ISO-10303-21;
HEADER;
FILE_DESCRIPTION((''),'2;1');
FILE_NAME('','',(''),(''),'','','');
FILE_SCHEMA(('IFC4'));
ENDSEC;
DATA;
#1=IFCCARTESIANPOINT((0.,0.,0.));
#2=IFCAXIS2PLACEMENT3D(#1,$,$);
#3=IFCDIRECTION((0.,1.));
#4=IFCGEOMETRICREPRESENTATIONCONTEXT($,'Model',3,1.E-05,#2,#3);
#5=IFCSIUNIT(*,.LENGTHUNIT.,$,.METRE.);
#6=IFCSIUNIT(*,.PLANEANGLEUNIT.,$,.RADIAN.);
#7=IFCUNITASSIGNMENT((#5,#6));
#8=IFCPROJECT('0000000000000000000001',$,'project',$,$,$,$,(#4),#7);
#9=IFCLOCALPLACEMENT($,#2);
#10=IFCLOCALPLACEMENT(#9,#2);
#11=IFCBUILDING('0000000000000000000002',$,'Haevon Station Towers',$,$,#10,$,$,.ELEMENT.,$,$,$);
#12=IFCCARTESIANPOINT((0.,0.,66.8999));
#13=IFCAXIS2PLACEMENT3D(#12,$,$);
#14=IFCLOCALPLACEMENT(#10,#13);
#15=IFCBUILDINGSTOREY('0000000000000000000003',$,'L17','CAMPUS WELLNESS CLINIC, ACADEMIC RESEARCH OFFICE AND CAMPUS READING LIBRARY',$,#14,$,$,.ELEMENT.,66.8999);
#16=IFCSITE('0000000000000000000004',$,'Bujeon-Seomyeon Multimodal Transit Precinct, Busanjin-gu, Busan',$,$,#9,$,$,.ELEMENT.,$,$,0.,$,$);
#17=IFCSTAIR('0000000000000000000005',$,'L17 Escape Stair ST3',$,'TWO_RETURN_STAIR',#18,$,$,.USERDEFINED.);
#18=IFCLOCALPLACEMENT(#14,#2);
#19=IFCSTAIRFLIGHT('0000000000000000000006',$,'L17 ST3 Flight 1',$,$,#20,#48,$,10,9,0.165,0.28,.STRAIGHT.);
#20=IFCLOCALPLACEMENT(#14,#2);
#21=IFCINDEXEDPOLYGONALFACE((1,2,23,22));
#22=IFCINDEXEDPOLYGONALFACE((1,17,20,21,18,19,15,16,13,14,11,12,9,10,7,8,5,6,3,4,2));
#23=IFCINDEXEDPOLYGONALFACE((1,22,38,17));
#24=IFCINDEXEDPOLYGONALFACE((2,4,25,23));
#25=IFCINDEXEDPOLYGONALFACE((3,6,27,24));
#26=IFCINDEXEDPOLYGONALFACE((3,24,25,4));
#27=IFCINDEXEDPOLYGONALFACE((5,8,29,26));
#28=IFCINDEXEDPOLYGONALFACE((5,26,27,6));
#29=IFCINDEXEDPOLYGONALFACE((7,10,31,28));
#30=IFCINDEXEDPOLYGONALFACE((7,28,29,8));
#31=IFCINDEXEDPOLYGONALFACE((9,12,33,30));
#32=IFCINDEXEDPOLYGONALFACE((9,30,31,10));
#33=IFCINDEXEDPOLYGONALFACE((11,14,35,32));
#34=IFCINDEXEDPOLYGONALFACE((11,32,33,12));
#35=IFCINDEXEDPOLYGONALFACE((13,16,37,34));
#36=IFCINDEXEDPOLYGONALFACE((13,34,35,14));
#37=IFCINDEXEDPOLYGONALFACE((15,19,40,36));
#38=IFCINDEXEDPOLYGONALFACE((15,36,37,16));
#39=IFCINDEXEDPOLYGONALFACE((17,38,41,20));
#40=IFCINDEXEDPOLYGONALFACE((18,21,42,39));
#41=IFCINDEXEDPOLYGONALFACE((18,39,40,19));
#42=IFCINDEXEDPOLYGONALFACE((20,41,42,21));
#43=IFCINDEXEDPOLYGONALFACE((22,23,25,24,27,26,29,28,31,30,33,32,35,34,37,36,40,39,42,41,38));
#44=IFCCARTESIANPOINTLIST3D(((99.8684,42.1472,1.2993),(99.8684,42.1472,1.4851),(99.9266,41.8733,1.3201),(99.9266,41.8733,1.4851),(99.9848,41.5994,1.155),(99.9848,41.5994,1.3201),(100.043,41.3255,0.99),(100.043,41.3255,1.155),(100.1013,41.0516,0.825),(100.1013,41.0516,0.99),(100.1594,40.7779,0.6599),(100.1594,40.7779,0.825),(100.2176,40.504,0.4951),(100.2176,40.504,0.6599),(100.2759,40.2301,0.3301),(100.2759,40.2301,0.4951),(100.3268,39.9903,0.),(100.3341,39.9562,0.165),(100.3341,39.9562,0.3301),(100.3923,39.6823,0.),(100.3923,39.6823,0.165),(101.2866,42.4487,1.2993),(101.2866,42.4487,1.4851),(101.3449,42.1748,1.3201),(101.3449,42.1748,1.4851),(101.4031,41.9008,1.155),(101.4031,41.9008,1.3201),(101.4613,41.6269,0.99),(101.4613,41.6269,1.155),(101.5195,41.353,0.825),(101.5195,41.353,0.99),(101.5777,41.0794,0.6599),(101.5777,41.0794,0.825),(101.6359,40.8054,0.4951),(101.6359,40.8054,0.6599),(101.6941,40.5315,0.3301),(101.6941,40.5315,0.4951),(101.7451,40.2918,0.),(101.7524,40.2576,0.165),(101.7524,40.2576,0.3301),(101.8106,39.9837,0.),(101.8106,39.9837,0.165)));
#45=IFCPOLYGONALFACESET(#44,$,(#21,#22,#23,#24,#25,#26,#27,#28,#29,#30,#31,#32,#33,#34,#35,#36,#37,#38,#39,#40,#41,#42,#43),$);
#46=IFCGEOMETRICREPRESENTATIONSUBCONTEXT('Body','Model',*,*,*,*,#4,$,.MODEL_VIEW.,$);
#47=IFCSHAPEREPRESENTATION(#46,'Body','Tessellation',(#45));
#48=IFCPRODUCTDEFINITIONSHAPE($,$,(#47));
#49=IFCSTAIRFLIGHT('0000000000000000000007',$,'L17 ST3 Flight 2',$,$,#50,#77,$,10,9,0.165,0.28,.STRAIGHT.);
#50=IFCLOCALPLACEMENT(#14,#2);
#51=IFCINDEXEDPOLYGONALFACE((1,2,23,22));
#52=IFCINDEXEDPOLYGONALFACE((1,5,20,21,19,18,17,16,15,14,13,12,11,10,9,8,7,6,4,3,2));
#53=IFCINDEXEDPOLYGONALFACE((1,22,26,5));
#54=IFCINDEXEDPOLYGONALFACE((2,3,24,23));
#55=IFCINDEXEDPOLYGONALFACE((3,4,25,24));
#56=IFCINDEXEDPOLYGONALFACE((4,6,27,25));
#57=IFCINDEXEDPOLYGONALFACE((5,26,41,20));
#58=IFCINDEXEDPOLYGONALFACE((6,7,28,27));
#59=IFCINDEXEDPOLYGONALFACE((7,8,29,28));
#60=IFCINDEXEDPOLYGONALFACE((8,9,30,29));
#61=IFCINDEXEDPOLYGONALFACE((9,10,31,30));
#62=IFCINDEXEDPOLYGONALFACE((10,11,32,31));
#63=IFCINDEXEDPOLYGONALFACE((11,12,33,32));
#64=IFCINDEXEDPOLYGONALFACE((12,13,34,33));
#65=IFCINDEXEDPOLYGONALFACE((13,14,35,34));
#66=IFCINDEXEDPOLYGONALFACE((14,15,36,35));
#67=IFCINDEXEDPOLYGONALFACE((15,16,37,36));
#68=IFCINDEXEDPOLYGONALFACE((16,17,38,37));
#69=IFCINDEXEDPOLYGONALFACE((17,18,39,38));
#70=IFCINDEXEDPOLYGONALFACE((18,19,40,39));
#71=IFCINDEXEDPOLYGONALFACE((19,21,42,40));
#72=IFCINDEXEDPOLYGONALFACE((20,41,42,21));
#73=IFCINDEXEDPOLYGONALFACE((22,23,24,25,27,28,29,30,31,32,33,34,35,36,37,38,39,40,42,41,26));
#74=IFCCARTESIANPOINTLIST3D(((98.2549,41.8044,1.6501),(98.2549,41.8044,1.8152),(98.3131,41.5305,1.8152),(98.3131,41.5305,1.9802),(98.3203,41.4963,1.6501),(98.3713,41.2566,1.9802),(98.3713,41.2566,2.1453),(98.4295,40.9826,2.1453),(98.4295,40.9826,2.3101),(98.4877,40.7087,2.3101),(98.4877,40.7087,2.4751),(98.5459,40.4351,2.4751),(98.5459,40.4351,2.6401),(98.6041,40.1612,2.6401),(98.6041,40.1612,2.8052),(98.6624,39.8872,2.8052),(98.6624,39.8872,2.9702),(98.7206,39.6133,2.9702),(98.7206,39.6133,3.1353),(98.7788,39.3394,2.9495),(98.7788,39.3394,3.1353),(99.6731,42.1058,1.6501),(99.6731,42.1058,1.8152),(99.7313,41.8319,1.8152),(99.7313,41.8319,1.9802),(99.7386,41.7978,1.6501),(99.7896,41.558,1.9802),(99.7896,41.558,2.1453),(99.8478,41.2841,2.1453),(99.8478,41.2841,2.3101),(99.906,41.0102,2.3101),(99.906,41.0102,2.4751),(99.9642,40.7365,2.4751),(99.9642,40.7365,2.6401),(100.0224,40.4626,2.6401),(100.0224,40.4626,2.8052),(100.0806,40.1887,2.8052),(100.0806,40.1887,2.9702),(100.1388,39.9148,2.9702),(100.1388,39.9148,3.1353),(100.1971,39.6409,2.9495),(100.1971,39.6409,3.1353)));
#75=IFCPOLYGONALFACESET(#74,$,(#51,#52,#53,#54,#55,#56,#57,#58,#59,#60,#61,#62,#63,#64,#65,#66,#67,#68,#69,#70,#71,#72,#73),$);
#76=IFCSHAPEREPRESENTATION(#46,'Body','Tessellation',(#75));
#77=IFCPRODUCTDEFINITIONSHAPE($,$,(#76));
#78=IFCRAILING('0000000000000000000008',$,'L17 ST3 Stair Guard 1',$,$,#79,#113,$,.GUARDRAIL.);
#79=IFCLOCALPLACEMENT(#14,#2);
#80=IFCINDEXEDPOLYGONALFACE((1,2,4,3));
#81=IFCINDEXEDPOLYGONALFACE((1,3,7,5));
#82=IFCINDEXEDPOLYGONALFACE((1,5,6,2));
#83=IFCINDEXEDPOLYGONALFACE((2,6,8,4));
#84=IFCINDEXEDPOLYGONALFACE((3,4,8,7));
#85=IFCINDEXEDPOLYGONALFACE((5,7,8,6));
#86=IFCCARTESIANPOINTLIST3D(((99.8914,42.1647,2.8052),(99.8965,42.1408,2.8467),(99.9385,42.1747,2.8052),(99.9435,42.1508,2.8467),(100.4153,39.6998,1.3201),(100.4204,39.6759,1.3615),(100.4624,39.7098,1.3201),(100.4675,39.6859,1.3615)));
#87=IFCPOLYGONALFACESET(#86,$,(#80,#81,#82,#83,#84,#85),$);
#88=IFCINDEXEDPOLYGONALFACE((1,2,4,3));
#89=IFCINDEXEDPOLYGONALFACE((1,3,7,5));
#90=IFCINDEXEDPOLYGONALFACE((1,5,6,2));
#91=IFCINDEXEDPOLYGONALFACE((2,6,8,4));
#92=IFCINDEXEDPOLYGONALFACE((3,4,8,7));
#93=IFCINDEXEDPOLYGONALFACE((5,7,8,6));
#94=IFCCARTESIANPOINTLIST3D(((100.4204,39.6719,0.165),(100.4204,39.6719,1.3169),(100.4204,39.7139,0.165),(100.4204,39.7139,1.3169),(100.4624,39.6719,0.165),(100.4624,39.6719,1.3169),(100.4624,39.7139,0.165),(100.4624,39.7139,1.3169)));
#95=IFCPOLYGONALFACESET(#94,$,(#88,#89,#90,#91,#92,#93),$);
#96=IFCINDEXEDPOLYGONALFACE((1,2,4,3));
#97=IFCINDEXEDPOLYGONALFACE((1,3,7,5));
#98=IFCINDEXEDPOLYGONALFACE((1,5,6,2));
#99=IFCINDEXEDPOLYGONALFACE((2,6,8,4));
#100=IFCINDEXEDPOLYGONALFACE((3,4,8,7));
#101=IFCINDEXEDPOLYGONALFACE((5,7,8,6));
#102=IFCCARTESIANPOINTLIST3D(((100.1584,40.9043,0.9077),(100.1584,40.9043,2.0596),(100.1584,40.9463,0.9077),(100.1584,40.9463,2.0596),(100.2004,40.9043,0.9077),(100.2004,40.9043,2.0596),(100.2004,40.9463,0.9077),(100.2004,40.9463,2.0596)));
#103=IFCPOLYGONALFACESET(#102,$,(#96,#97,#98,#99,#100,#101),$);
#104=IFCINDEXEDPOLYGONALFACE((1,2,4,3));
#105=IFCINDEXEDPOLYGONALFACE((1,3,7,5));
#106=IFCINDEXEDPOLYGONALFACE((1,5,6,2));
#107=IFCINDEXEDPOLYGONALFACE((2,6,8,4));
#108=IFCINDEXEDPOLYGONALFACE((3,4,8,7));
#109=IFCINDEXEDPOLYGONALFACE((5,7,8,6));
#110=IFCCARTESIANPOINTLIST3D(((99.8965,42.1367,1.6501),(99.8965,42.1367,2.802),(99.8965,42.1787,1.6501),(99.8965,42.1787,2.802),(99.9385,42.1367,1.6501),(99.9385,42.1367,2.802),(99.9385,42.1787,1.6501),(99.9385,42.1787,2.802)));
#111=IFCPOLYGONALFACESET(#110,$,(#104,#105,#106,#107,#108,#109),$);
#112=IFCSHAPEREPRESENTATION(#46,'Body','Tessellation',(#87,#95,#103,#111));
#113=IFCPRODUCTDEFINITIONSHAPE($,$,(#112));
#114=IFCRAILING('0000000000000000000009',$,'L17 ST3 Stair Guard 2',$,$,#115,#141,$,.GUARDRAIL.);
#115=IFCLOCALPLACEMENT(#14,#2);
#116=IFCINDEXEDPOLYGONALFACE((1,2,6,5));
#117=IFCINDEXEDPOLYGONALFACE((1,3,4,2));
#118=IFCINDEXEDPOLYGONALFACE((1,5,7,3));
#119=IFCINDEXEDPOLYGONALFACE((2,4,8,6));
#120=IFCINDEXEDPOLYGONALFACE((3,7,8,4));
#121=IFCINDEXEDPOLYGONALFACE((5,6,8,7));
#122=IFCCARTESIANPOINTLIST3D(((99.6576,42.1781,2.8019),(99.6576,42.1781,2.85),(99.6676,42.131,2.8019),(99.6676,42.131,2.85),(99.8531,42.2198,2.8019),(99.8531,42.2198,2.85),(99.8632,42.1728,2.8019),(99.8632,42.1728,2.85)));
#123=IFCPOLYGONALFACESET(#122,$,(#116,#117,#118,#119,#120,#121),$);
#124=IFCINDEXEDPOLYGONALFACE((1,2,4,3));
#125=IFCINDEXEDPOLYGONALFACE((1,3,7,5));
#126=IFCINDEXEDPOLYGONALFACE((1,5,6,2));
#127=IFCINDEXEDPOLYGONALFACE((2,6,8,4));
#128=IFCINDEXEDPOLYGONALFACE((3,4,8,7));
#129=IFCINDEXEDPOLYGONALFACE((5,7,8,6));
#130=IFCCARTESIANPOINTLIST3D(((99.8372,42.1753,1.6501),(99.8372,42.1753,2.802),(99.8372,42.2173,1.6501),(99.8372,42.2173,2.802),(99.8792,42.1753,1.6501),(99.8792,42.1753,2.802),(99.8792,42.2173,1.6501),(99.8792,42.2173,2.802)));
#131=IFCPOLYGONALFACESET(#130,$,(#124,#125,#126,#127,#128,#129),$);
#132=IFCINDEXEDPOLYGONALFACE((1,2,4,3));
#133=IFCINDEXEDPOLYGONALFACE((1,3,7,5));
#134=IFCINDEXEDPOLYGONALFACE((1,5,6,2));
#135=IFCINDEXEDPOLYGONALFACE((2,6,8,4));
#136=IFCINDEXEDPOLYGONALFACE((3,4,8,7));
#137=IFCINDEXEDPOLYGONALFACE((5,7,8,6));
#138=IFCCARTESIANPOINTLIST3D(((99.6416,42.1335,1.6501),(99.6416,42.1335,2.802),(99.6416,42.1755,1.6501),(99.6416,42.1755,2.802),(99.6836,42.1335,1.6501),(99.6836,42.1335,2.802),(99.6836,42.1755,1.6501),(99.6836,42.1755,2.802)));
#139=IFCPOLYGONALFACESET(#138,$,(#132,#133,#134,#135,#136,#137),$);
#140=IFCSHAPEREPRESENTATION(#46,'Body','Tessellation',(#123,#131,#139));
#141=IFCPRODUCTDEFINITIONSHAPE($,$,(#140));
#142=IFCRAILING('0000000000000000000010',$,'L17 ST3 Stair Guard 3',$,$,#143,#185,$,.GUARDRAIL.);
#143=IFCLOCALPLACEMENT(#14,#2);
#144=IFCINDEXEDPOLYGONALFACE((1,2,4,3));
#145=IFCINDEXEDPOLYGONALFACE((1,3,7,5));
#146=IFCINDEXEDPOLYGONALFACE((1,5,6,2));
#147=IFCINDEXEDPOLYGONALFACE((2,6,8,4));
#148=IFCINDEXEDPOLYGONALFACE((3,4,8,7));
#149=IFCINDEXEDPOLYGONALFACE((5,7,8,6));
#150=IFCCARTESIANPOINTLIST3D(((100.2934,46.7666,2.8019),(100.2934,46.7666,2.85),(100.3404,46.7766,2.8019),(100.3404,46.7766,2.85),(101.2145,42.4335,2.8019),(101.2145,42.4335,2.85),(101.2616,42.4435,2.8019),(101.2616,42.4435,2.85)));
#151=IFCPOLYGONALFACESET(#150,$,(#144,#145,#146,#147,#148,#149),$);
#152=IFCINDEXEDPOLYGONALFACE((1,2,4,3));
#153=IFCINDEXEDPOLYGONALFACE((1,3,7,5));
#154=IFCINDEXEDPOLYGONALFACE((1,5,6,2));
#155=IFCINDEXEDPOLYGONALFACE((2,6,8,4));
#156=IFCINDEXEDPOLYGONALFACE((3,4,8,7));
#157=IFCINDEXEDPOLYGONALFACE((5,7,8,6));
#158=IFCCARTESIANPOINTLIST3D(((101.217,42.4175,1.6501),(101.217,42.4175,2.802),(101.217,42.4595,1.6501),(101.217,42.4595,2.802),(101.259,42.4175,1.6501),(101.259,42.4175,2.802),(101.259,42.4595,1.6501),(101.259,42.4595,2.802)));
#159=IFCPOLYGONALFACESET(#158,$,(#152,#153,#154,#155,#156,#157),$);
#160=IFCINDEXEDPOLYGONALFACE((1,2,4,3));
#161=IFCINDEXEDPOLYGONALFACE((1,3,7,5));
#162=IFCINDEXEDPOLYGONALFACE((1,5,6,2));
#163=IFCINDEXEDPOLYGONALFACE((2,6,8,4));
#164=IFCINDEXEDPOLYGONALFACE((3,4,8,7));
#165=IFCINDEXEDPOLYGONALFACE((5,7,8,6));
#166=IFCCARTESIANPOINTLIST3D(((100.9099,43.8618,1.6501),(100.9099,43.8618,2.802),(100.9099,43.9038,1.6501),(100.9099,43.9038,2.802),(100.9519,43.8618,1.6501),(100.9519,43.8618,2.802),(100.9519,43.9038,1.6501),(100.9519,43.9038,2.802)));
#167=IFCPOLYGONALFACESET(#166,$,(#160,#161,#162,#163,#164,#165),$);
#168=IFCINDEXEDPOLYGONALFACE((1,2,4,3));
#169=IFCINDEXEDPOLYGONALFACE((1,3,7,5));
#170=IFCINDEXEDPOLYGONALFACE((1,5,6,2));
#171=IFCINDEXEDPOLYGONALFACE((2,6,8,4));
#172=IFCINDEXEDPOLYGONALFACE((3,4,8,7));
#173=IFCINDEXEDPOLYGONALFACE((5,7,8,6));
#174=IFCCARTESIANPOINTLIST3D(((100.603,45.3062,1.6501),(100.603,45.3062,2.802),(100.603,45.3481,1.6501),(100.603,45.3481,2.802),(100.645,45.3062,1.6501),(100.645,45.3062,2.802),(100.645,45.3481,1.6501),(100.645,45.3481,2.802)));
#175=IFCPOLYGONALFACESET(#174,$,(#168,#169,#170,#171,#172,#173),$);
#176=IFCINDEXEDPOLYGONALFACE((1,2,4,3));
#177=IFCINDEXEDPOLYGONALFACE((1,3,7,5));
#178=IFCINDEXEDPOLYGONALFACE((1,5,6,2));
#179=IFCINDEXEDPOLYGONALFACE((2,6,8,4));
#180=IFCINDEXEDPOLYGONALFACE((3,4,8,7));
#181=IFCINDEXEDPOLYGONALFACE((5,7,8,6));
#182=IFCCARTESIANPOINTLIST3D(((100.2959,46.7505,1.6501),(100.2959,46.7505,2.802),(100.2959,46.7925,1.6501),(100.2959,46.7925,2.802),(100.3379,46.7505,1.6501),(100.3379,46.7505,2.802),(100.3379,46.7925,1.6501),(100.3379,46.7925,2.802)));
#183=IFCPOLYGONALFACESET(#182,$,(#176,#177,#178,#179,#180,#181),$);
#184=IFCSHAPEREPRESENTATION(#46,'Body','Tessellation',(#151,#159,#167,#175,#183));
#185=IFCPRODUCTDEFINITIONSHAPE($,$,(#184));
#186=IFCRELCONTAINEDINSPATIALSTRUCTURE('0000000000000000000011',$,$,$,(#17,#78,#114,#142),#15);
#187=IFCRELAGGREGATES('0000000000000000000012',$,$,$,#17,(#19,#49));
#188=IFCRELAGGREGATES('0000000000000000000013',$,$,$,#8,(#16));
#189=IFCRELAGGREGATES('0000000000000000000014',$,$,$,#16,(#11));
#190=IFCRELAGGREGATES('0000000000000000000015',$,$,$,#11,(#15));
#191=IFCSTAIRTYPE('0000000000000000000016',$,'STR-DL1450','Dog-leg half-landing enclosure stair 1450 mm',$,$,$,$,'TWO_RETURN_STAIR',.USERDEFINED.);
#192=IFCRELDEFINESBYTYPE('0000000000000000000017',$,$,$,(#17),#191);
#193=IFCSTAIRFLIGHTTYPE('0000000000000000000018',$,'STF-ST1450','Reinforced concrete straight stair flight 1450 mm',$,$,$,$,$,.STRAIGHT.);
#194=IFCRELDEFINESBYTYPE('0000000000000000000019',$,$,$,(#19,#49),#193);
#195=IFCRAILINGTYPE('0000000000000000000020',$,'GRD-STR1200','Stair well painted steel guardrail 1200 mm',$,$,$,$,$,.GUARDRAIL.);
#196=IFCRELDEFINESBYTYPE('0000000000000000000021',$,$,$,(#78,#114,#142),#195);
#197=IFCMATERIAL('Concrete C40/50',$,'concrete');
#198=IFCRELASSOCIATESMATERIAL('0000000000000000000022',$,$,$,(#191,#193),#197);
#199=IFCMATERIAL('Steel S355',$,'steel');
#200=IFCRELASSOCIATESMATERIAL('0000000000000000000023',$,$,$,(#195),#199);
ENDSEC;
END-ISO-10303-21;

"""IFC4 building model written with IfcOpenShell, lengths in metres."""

from ifc_helpers import new_model, si_unit, direction, frame, origin, origin_2d, place, context, subcontext, project, spatial, polyline, rectangle, outline, extrude, material, type_object, element, aggregate, save


model = new_model("IFC4")

# Units and contexts
model_context = context("Model", 3, precision=1e-05, world=origin(), true_north=direction((0.0, 1.0)))
body_context = subcontext(model_context, "Body", "Model", "MODEL_VIEW")
ifc_project = project(units=[si_unit("LENGTHUNIT", "METRE"), si_unit("PLANEANGLEUNIT", "RADIAN")], contexts=[model_context])

# Site, building, storey
site_placement = place(None, origin())
site = spatial("IfcSite", under=ifc_project, at=site_placement, Name="Bujeon-Seomyeon Multimodal Transit Precinct, Busanjin-gu, Busan", CompositionType="ELEMENT", RefElevation=0.0)
building_placement = place(site_placement, origin())
building = spatial("IfcBuilding", under=site, at=building_placement, Name="Haevon Station Towers", CompositionType="ELEMENT")
storey_placement = place(building_placement, frame((0.0, 0.0, 66.8999)))
storey = spatial("IfcBuildingStorey", under=building, at=storey_placement, Name="L17", Description="CAMPUS WELLNESS CLINIC, ACADEMIC RESEARCH OFFICE AND CAMPUS READING LIBRARY", CompositionType="ELEMENT", Elevation=66.8999)

# Shared definitions
ifc_material_1 = material(Name="Steel S355", Category="steel")

# Shared definitions
ifc_material_2 = material(Name="Concrete C40/50", Category="concrete")

# Stair, stair flights
stair_type = type_object("IfcStairType", Name="STR-DL1450", Description="Dog-leg half-landing enclosure stair 1450 mm", ElementType="TWO_RETURN_STAIR", PredefinedType="USERDEFINED", material=ifc_material_2)
stair_placement = place(storey_placement, origin())
stair = element("IfcStair", 1, at=stair_placement, inside=storey, type_object=stair_type, Name="L17 Escape Stair ST3", ObjectType="TWO_RETURN_STAIR", PredefinedType="USERDEFINED")
stair_flight_type = type_object("IfcStairFlightType", Name="STF-ST1450", Description="Reinforced concrete straight stair flight 1450 mm", PredefinedType="STRAIGHT", material=ifc_material_2)
stair_flight_1_placement = place(storey_placement, frame((101.1016, 39.833, 0.0), z_axis=(0.0, 0.0, 1.0), x_axis=(-0.207912, 0.978148, 0.0)))
stair_flight_1 = element("IfcStairFlight", 2, at=stair_flight_1_placement, type_object=stair_flight_type, Name="L17 ST3 Flight 1", NumberOfRisers=10, NumberOfTreads=9, PredefinedType="STRAIGHT", RiserHeight=0.165, TreadLength=0.28, context=body_context, shape_type="SweptSolid", body=[
    extrude(outline(polyline([(0.0, 0.0), (0.0, 0.165), (0.28, 0.165), (0.28, 0.3301), (0.5601, 0.3301), (0.5601, 0.4951), (0.8401, 0.4951), (0.8401, 0.6599), (1.1201, 0.6599), (1.1201, 0.825), (1.3999, 0.825), (1.3999, 0.99), (1.6799, 0.99), (1.6799, 1.155), (1.96, 1.155), (1.96, 1.3201), (2.24, 1.3201), (2.24, 1.4851), (2.52, 1.4851), (2.52, 1.6499), (2.52, 1.2993), (0.3149, 0.0), (0.0, 0.0)])), frame((0.0, 0.7251, 0.0), z_axis=(0.0, -1.0, 0.0), x_axis=(1.0, 0.0, 0.0)), (0.0, 0.0, 1.0), 1.45),
])
stair_flight_2_placement = place(storey_placement, frame((98.9639, 41.9551, 1.6501), z_axis=(0.0, 0.0, 1.0), x_axis=(0.207912, -0.978148, 0.0)))
stair_flight_2 = element("IfcStairFlight", 3, at=stair_flight_2_placement, type_object=stair_flight_type, Name="L17 ST3 Flight 2", NumberOfRisers=10, NumberOfTreads=9, PredefinedType="STRAIGHT", RiserHeight=0.165, TreadLength=0.28, context=body_context, shape_type="SweptSolid", body=[
    extrude(outline(polyline([(0.0, 0.0), (0.0, 0.165), (0.28, 0.165), (0.28, 0.3301), (0.5601, 0.3301), (0.5601, 0.4951), (0.8401, 0.4951), (0.8401, 0.6599), (1.1201, 0.6599), (1.1201, 0.825), (1.3999, 0.825), (1.3999, 0.99), (1.6799, 0.99), (1.6799, 1.155), (1.96, 1.155), (1.96, 1.3201), (2.24, 1.3201), (2.24, 1.4851), (2.52, 1.4851), (2.52, 1.6499), (2.52, 1.2993), (0.3149, 0.0), (0.0, 0.0)])), frame((0.0, 0.7251, 0.0), z_axis=(0.0, -1.0, 0.0), x_axis=(1.0, 0.0, 0.0)), (0.0, 0.0, 1.0), 1.45),
])
aggregate(stair, [stair_flight_1, stair_flight_2])

# Railings
railing_type_1 = type_object("IfcRailingType", Name="GRD-STR1200", Description="Stair well painted steel guardrail 1200 mm", PredefinedType="GUARDRAIL", material=ifc_material_1)
railing_1_placement = place(storey_placement, frame((100.4414, 39.6929, 0.165)))
element("IfcRailing", 4, at=railing_1_placement, inside=storey, type_object=railing_type_1, Name="L17 ST3 Stair Guard 1", PredefinedType="GUARDRAIL", context=body_context, shape_type="SweptSolid", body=[
    extrude(rectangle(XDim=0.0481, YDim=0.0481, at=origin_2d()), frame((0.0, 0.0, 1.1758), z_axis=(-0.179121, 0.842688, 0.507733), x_axis=(-0.978147, -0.207914, 0.0)), (0.0, 0.0, 1.0), 2.925),
    extrude(rectangle(XDim=0.042, YDim=0.042, at=origin_2d()), origin(), (0.0, 0.0, 1.0), 1.1519),
    extrude(rectangle(XDim=0.042, YDim=0.042, at=origin_2d()), frame((-0.262, 1.2324, 0.7427)), (0.0, 0.0, 1.0), 1.1519),
    extrude(rectangle(XDim=0.042, YDim=0.042, at=origin_2d()), frame((-0.5239, 2.4648, 1.4851)), (0.0, 0.0, 1.0), 1.1519),
])
railing_2_placement = place(storey_placement, frame((99.8582, 42.1963, 1.6501)))
element("IfcRailing", 5, at=railing_2_placement, inside=storey, type_object=railing_type_1, Name="L17 ST3 Stair Guard 2", PredefinedType="GUARDRAIL", context=body_context, shape_type="SweptSolid", body=[
    extrude(rectangle(XDim=0.0481, YDim=0.0481, at=origin_2d()), frame((0.0, 0.0, 1.1758), z_axis=(-0.977963, -0.208779, 0.0), x_axis=(0.208779, -0.977963, 0.0)), (0.0, 0.0, 1.0), 0.2),
    extrude(rectangle(XDim=0.042, YDim=0.042, at=origin_2d()), origin(), (0.0, 0.0, 1.0), 1.1519),
    extrude(rectangle(XDim=0.042, YDim=0.042, at=origin_2d()), frame((-0.1956, -0.0417, 0.0)), (0.0, 0.0, 1.0), 1.1519),
])
railing_3_placement = place(storey_placement, frame((101.238, 42.4385, 1.6501)))
element("IfcRailing", 6, at=railing_3_placement, inside=storey, type_object=railing_type_1, Name="L17 ST3 Stair Guard 3", PredefinedType="GUARDRAIL", context=body_context, shape_type="SweptSolid", body=[
    extrude(rectangle(XDim=0.0481, YDim=0.0481, at=origin_2d()), frame((0.0, 0.0, 1.1758), z_axis=(-0.20794, 0.978141, 0.0), x_axis=(-0.978141, -0.20794, 0.0)), (0.0, 0.0, 1.0), 4.4299),
    extrude(rectangle(XDim=0.042, YDim=0.042, at=origin_2d()), origin(), (0.0, 0.0, 1.0), 1.1519),
    extrude(rectangle(XDim=0.042, YDim=0.042, at=origin_2d()), frame((-0.3071, 1.4443, 0.0)), (0.0, 0.0, 1.0), 1.1519),
    extrude(rectangle(XDim=0.042, YDim=0.042, at=origin_2d()), frame((-0.614, 2.8887, 0.0)), (0.0, 0.0, 1.0), 1.1519),
    extrude(rectangle(XDim=0.042, YDim=0.042, at=origin_2d()), frame((-0.9211, 4.333, 0.0)), (0.0, 0.0, 1.0), 1.1519),
])

save(model, "model.ifc")
